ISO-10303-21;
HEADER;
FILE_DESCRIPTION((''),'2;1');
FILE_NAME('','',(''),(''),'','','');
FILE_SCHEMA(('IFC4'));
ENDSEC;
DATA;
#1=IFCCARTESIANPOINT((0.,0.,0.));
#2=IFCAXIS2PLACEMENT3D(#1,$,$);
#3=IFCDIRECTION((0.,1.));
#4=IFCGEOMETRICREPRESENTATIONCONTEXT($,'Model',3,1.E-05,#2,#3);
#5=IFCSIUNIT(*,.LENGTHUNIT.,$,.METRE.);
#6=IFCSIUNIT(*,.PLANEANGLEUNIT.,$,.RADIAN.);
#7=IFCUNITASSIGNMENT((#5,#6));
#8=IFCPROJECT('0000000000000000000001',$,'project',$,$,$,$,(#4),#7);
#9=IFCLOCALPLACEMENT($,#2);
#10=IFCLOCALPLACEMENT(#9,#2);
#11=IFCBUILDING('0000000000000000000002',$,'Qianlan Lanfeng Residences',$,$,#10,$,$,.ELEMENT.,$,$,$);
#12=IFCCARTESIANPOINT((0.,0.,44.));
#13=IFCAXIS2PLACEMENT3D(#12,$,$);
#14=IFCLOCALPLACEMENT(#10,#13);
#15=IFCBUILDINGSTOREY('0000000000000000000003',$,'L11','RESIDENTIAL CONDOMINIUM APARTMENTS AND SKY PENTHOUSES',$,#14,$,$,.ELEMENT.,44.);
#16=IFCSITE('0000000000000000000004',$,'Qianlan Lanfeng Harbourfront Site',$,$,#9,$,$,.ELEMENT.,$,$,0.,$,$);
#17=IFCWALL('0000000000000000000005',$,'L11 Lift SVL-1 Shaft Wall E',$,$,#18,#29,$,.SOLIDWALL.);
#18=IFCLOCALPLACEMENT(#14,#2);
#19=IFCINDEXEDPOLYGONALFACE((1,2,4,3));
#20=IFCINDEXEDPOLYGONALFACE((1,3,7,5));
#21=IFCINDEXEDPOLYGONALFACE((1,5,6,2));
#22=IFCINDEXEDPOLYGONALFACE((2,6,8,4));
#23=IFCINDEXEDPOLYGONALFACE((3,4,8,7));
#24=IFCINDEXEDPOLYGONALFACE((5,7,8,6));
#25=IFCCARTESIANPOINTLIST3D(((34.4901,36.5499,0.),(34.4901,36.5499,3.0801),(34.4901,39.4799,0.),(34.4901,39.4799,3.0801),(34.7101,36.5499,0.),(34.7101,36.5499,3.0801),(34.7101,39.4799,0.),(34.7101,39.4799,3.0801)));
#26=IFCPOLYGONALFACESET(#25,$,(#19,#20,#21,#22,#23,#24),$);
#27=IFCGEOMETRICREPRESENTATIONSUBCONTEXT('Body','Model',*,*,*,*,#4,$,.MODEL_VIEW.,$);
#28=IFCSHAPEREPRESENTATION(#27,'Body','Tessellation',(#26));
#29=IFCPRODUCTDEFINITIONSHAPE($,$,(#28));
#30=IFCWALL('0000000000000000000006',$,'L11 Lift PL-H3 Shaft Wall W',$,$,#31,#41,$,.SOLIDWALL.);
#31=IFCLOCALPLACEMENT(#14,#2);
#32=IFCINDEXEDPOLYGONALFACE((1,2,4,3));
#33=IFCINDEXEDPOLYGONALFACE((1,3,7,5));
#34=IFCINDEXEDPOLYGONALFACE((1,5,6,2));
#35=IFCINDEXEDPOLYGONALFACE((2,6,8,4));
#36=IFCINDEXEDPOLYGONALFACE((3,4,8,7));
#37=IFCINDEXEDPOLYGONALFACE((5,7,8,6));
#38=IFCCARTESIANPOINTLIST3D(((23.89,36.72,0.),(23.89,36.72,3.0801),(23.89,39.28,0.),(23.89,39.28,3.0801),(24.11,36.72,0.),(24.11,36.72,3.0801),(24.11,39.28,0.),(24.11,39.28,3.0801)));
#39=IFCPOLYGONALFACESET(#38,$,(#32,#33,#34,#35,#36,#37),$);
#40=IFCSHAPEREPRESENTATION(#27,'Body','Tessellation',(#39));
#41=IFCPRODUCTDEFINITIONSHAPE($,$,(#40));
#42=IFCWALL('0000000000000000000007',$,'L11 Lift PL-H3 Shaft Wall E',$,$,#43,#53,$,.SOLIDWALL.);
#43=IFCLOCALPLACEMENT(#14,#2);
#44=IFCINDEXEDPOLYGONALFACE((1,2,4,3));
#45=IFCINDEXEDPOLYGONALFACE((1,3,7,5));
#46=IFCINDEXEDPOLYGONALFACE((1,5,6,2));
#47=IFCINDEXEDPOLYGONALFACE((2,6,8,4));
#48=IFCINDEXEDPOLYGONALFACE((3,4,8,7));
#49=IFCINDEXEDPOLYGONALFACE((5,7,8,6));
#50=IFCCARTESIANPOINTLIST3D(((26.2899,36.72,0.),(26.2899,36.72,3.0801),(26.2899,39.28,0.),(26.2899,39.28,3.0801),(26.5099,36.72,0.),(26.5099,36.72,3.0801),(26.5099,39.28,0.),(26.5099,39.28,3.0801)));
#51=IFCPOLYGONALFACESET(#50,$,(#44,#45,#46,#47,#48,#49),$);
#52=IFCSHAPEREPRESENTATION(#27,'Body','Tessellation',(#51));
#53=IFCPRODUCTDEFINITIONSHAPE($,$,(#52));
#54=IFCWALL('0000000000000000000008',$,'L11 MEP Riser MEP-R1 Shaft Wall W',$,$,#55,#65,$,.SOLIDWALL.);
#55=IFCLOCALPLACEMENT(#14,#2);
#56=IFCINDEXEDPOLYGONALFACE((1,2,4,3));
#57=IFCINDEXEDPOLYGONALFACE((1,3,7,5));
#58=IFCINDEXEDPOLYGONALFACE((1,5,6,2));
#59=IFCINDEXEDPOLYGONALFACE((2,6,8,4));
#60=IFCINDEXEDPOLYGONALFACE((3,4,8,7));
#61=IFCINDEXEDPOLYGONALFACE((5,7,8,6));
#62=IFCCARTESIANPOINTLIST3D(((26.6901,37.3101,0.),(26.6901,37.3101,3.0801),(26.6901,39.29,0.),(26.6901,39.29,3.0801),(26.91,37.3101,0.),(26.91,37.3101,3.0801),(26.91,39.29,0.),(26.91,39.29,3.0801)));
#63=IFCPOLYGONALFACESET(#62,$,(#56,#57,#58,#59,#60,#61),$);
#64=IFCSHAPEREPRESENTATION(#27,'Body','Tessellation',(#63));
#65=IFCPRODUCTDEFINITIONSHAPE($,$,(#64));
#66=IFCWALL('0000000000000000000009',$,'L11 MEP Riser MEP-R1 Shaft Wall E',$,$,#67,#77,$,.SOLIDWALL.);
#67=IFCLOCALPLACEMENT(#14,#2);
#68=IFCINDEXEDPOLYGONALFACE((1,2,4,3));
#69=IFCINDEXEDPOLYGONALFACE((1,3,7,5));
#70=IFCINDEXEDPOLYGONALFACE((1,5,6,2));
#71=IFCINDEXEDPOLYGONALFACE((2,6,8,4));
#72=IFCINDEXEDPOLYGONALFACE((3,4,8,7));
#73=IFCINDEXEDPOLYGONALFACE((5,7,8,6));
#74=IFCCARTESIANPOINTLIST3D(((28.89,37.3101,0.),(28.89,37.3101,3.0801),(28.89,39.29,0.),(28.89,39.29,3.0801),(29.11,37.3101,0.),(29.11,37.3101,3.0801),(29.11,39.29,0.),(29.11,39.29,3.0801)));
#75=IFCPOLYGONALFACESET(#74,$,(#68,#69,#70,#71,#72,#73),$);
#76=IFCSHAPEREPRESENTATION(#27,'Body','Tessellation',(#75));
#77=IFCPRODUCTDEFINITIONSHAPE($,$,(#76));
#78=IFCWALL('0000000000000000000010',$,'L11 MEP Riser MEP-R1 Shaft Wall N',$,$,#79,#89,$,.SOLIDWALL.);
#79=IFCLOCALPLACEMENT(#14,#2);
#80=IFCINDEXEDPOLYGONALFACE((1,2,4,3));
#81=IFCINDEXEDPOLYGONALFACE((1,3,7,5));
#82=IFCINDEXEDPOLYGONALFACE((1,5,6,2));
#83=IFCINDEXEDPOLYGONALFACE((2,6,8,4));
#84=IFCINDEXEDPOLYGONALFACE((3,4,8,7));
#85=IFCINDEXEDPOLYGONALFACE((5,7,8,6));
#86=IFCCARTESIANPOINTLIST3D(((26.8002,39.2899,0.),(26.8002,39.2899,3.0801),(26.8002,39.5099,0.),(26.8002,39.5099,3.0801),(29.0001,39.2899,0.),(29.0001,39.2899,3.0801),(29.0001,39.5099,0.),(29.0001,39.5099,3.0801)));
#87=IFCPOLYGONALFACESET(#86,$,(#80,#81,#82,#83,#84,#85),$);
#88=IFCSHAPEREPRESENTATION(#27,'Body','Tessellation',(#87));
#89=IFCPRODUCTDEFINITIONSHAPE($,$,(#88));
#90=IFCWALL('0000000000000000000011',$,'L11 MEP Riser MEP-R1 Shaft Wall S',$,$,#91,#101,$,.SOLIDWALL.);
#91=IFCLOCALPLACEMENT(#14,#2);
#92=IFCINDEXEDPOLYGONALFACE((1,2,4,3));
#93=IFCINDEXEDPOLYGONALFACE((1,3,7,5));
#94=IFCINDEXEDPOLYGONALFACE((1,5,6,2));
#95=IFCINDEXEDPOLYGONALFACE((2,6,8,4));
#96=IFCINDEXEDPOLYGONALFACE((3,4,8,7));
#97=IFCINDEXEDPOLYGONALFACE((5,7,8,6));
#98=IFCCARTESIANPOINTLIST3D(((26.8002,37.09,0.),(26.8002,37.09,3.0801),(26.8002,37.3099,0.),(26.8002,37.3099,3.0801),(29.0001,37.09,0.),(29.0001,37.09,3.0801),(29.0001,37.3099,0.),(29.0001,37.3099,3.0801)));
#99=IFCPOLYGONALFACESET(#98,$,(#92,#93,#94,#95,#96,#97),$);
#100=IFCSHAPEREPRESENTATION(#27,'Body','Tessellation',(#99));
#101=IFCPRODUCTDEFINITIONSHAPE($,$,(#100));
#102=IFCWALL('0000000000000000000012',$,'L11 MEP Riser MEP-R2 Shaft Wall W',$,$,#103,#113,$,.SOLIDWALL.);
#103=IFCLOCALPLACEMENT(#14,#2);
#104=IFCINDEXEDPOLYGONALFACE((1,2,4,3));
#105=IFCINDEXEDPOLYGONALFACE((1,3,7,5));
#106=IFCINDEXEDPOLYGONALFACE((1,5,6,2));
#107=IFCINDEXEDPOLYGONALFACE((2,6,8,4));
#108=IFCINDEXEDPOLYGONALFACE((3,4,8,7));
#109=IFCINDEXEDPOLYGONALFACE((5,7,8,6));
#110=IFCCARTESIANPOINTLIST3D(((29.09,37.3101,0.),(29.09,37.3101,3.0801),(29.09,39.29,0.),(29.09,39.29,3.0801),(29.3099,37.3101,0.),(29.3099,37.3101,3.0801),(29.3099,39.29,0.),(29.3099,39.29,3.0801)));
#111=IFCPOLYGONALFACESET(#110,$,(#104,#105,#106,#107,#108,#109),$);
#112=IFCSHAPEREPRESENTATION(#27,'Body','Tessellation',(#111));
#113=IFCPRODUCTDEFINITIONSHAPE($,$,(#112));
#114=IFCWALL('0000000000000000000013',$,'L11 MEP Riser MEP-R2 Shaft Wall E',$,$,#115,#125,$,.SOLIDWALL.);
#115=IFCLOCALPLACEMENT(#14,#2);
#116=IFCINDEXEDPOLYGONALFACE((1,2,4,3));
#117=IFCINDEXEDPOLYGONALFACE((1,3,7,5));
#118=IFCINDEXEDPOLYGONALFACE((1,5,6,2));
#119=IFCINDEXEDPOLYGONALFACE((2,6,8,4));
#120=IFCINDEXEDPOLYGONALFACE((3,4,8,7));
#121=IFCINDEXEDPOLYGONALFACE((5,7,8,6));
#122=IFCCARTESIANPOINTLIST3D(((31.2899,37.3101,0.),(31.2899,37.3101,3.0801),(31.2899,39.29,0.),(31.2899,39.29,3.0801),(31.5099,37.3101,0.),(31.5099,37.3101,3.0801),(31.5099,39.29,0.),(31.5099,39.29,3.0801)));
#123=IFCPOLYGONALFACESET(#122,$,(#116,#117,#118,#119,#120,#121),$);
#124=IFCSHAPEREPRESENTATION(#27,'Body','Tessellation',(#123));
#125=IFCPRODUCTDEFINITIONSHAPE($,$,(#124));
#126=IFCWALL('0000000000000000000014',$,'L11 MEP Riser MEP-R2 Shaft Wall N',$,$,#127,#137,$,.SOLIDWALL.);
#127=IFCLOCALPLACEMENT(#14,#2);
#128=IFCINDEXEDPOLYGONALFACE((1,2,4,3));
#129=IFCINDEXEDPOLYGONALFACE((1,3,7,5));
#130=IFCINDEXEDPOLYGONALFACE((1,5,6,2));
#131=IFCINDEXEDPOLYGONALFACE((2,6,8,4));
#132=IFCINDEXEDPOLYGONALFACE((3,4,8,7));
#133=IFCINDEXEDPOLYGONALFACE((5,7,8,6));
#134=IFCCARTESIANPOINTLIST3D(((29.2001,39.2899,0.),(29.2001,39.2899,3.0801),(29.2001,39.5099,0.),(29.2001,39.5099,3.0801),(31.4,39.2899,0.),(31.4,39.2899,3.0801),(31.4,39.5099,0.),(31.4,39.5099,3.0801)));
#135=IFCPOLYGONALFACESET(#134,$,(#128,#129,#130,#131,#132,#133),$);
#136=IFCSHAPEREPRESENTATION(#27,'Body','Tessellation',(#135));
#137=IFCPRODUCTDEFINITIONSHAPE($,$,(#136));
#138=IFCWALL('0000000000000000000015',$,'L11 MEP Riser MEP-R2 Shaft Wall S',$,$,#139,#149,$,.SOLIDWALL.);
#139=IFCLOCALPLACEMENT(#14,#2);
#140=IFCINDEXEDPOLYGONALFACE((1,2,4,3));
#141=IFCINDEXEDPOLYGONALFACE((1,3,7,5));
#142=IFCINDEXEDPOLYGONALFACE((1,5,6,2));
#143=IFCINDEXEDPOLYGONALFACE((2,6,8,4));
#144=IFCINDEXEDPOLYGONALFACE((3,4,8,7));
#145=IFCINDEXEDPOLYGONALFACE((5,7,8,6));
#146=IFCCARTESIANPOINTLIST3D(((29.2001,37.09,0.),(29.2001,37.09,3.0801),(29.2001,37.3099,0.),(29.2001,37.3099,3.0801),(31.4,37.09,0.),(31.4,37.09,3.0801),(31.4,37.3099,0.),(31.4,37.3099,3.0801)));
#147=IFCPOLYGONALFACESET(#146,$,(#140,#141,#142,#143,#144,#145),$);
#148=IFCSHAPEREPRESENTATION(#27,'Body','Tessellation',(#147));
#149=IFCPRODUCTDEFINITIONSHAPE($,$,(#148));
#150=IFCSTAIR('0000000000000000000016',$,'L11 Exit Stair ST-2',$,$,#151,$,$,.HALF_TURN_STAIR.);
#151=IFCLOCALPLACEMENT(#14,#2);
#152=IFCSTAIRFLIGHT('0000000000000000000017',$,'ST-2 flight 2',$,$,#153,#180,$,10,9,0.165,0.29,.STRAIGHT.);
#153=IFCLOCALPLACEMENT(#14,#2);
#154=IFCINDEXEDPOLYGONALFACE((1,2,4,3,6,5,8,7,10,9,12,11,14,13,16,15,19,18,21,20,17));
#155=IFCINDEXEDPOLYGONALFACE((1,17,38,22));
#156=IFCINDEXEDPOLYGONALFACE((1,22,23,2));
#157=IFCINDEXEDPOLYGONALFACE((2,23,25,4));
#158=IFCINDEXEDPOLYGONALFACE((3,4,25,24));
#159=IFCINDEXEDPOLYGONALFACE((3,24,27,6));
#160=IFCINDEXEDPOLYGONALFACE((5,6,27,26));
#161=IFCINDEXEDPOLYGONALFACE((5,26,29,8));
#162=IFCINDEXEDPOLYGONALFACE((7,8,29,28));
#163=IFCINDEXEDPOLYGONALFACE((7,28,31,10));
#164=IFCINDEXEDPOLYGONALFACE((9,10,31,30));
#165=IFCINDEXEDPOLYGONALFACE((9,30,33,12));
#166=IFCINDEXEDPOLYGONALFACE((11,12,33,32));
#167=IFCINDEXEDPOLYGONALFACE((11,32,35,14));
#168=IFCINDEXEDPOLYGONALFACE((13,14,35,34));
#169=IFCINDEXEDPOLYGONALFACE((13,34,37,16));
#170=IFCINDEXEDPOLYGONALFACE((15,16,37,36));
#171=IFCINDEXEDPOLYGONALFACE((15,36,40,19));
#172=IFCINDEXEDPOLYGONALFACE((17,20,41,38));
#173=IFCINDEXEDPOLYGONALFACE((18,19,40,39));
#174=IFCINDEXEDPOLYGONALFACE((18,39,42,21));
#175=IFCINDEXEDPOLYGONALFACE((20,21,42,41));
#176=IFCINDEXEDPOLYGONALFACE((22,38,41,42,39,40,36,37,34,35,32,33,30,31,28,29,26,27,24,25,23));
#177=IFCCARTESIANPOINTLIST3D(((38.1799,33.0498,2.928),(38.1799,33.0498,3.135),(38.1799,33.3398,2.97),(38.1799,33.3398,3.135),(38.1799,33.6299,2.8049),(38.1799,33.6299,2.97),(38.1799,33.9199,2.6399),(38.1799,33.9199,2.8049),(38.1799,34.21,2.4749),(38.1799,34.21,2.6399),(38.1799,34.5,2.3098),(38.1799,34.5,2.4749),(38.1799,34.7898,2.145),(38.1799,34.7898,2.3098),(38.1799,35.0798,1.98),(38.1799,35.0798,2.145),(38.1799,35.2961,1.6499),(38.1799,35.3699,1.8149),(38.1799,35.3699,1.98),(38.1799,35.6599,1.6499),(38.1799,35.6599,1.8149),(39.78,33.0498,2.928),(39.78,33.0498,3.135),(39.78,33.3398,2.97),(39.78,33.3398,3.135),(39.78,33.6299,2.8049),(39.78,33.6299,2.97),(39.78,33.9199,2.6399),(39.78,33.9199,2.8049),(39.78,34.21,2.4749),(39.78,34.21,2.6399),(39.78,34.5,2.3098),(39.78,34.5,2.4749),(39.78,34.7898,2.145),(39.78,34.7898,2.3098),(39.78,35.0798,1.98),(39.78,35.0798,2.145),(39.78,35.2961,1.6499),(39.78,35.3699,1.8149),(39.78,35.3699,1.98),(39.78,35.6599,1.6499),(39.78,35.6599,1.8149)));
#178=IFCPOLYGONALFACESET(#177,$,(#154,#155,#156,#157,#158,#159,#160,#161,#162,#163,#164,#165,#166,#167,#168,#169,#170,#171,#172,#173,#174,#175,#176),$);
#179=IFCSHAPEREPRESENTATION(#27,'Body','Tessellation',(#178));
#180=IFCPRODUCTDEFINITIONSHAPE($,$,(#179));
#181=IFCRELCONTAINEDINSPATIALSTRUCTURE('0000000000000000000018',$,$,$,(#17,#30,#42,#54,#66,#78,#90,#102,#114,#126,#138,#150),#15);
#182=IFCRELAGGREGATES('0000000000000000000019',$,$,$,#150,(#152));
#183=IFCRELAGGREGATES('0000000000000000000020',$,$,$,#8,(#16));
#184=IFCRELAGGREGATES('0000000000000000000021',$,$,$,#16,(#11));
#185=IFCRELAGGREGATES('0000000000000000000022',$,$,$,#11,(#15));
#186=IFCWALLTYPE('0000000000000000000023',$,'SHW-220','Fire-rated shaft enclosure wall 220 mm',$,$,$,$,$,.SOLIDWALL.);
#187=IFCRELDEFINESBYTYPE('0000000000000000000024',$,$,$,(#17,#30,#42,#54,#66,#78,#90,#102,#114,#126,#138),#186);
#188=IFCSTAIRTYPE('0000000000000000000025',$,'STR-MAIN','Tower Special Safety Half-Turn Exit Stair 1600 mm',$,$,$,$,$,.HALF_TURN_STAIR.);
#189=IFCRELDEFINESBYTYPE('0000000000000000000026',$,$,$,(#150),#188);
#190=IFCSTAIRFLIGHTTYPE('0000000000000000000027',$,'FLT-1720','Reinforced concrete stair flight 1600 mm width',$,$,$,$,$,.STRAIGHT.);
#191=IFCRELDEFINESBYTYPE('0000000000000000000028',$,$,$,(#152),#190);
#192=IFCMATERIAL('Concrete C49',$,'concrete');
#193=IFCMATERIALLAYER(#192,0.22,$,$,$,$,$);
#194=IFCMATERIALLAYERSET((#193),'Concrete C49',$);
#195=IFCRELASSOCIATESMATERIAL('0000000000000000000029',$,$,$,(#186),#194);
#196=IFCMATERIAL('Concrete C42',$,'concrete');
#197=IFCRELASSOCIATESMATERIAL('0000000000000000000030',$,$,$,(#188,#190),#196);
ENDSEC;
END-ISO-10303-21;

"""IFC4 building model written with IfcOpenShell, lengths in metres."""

from ifc_helpers import new_model, si_unit, direction, frame, frame_2d, origin, place, context, subcontext, project, spatial, polyline, rectangle, outline, extrude, material, layer, layer_set, type_object, element, aggregate, save


model = new_model("IFC4")

# Units and contexts
model_context = context("Model", 3, precision=1e-05, world=origin(), true_north=direction((0.0, 1.0)))
body_context = subcontext(model_context, "Body", "Model", "MODEL_VIEW")
ifc_project = project(units=[si_unit("LENGTHUNIT", "METRE"), si_unit("PLANEANGLEUNIT", "RADIAN")], contexts=[model_context])

# Site, building, storey
site_placement = place(None, origin())
site = spatial("IfcSite", under=ifc_project, at=site_placement, Name="Qianlan Lanfeng Harbourfront Site", CompositionType="ELEMENT", RefElevation=0.0)
building_placement = place(site_placement, origin())
building = spatial("IfcBuilding", under=site, at=building_placement, Name="Qianlan Lanfeng Residences", CompositionType="ELEMENT")
storey_placement = place(building_placement, frame((0.0, 0.0, 44.0)))
storey = spatial("IfcBuildingStorey", under=building, at=storey_placement, Name="L11", Description="RESIDENTIAL CONDOMINIUM APARTMENTS AND SKY PENTHOUSES", CompositionType="ELEMENT", Elevation=44.0)

# Walls
ifc_material_1 = material(Name="Concrete C49", Category="concrete")
ifc_layer_1 = layer(ifc_material_1, 0.22)
ifc_layer_set_1 = layer_set([ifc_layer_1], Name="Concrete C49")
wall_type_1 = type_object("IfcWallType", Name="SHW-220", Description="Fire-rated shaft enclosure wall 220 mm", PredefinedType="SOLIDWALL", material=ifc_layer_set_1)
for number, where, z_axis, x_axis, name in (
    (1, (34.6001, 36.55, 0.0), (0.0, 0.0, 1.0), (0.0, 1.0, 0.0), "L11 Lift SVL-1 Shaft Wall E"),
):
    element("IfcWall", number, at=place(storey_placement, frame(where, z_axis=z_axis, x_axis=x_axis)), inside=storey, type_object=wall_type_1, Name=name, PredefinedType="SOLIDWALL", context=body_context, shape_type="SweptSolid", body=[
        extrude(rectangle(XDim=2.9299, YDim=0.22, at=frame_2d((1.4648, 0.0))), origin(), (0.0, 0.0, 1.0), 3.0801),
    ])
for number, where, z_axis, x_axis, name in (
    (2, (24.0, 36.72, 0.0), (0.0, 0.0, 1.0), (0.0, 1.0, 0.0), "L11 Lift PL-H3 Shaft Wall W"),
    (3, (26.3999, 36.72, 0.0), (0.0, 0.0, 1.0), (0.0, 1.0, 0.0), "L11 Lift PL-H3 Shaft Wall E"),
):
    element("IfcWall", number, at=place(storey_placement, frame(where, z_axis=z_axis, x_axis=x_axis)), inside=storey, type_object=wall_type_1, Name=name, PredefinedType="SOLIDWALL", context=body_context, shape_type="SweptSolid", body=[
        extrude(rectangle(XDim=2.5601, YDim=0.22, at=frame_2d((1.28, 0.0))), origin(), (0.0, 0.0, 1.0), 3.0801),
    ])
for number, where, z_axis, x_axis, name in (
    (4, (26.8, 37.3101, 0.0), (0.0, 0.0, 1.0), (0.0, 1.0, 0.0), "L11 MEP Riser MEP-R1 Shaft Wall W"),
    (5, (29.0, 37.3101, 0.0), (0.0, 0.0, 1.0), (0.0, 1.0, 0.0), "L11 MEP Riser MEP-R1 Shaft Wall E"),
):
    element("IfcWall", number, at=place(storey_placement, frame(where, z_axis=z_axis, x_axis=x_axis)), inside=storey, type_object=wall_type_1, Name=name, PredefinedType="SOLIDWALL", context=body_context, shape_type="SweptSolid", body=[
        extrude(rectangle(XDim=1.98, YDim=0.22, at=frame_2d((0.99, 0.0))), origin(), (0.0, 0.0, 1.0), 3.0801),
    ])
for number, where, z_axis, x_axis, name in (
    (6, (26.8, 39.3999, 0.0), (0.0, 0.0, 1.0), (1.0, 0.0, 0.0), "L11 MEP Riser MEP-R1 Shaft Wall N"),
    (7, (26.8, 37.2, 0.0), (0.0, 0.0, 1.0), (1.0, 0.0, 0.0), "L11 MEP Riser MEP-R1 Shaft Wall S"),
):
    element("IfcWall", number, at=place(storey_placement, frame(where, z_axis=z_axis, x_axis=x_axis)), inside=storey, type_object=wall_type_1, Name=name, PredefinedType="SOLIDWALL", context=body_context, shape_type="SweptSolid", body=[
        extrude(rectangle(XDim=2.2, YDim=0.22, at=frame_2d((1.1001, 0.0))), origin(), (0.0, 0.0, 1.0), 3.0801),
    ])
for number, where, z_axis, x_axis, name in (
    (8, (29.2, 37.3101, 0.0), (0.0, 0.0, 1.0), (0.0, 1.0, 0.0), "L11 MEP Riser MEP-R2 Shaft Wall W"),
    (9, (31.3999, 37.3101, 0.0), (0.0, 0.0, 1.0), (0.0, 1.0, 0.0), "L11 MEP Riser MEP-R2 Shaft Wall E"),
):
    element("IfcWall", number, at=place(storey_placement, frame(where, z_axis=z_axis, x_axis=x_axis)), inside=storey, type_object=wall_type_1, Name=name, PredefinedType="SOLIDWALL", context=body_context, shape_type="SweptSolid", body=[
        extrude(rectangle(XDim=1.98, YDim=0.22, at=frame_2d((0.99, 0.0))), origin(), (0.0, 0.0, 1.0), 3.0801),
    ])
for number, where, z_axis, x_axis, name in (
    (10, (29.2, 39.3999, 0.0), (0.0, 0.0, 1.0), (1.0, 0.0, 0.0), "L11 MEP Riser MEP-R2 Shaft Wall N"),
    (11, (29.2, 37.2, 0.0), (0.0, 0.0, 1.0), (1.0, 0.0, 0.0), "L11 MEP Riser MEP-R2 Shaft Wall S"),
):
    element("IfcWall", number, at=place(storey_placement, frame(where, z_axis=z_axis, x_axis=x_axis)), inside=storey, type_object=wall_type_1, Name=name, PredefinedType="SOLIDWALL", context=body_context, shape_type="SweptSolid", body=[
        extrude(rectangle(XDim=2.2, YDim=0.22, at=frame_2d((1.1001, 0.0))), origin(), (0.0, 0.0, 1.0), 3.0801),
    ])

# Stair, stair flight
ifc_material_2 = material(Name="Concrete C42", Category="concrete")
stair_type = type_object("IfcStairType", Name="STR-MAIN", Description="Tower Special Safety Half-Turn Exit Stair 1600 mm", PredefinedType="HALF_TURN_STAIR", material=ifc_material_2)
stair_placement = place(storey_placement, origin())
stair = element("IfcStair", 12, at=stair_placement, inside=storey, type_object=stair_type, Name="L11 Exit Stair ST-2", PredefinedType="HALF_TURN_STAIR")
stair_flight_type = type_object("IfcStairFlightType", Name="FLT-1720", Description="Reinforced concrete stair flight 1600 mm width", PredefinedType="STRAIGHT", material=ifc_material_2)
stair_flight_placement = place(storey_placement, frame((38.98, 35.6599, 1.6499), z_axis=(0.0, 0.0, 1.0), x_axis=(0.0, -1.0, 0.0)))
stair_flight = element("IfcStairFlight", 13, at=stair_flight_placement, type_object=stair_flight_type, Name="ST-2 flight 2", NumberOfRisers=10, NumberOfTreads=9, PredefinedType="STRAIGHT", RiserHeight=0.165, TreadLength=0.29, context=body_context, shape_type="SweptSolid", body=[
    extrude(outline(polyline([(0.0, 0.0), (0.0, 0.165), (0.29, 0.165), (0.29, 0.3301), (0.5801, 0.3301), (0.5801, 0.4951), (0.8701, 0.4951), (0.8701, 0.6599), (1.1599, 0.6599), (1.1599, 0.825), (1.45, 0.825), (1.45, 0.99), (1.74, 0.99), (1.74, 1.155), (2.03, 1.155), (2.03, 1.3201), (2.3201, 1.3201), (2.3201, 1.4851), (2.6101, 1.4851), (2.6101, 1.6499), (2.6101, 1.2781), (0.3638, 0.0), (0.0, 0.0)])), frame((0.0, 0.8, 0.0), z_axis=(0.0, -1.0, 0.0), x_axis=(1.0, 0.0, 0.0)), (0.0, 0.0, 1.0), 1.6001),
])
aggregate(stair, [stair_flight])

save(model, "model.ifc")
